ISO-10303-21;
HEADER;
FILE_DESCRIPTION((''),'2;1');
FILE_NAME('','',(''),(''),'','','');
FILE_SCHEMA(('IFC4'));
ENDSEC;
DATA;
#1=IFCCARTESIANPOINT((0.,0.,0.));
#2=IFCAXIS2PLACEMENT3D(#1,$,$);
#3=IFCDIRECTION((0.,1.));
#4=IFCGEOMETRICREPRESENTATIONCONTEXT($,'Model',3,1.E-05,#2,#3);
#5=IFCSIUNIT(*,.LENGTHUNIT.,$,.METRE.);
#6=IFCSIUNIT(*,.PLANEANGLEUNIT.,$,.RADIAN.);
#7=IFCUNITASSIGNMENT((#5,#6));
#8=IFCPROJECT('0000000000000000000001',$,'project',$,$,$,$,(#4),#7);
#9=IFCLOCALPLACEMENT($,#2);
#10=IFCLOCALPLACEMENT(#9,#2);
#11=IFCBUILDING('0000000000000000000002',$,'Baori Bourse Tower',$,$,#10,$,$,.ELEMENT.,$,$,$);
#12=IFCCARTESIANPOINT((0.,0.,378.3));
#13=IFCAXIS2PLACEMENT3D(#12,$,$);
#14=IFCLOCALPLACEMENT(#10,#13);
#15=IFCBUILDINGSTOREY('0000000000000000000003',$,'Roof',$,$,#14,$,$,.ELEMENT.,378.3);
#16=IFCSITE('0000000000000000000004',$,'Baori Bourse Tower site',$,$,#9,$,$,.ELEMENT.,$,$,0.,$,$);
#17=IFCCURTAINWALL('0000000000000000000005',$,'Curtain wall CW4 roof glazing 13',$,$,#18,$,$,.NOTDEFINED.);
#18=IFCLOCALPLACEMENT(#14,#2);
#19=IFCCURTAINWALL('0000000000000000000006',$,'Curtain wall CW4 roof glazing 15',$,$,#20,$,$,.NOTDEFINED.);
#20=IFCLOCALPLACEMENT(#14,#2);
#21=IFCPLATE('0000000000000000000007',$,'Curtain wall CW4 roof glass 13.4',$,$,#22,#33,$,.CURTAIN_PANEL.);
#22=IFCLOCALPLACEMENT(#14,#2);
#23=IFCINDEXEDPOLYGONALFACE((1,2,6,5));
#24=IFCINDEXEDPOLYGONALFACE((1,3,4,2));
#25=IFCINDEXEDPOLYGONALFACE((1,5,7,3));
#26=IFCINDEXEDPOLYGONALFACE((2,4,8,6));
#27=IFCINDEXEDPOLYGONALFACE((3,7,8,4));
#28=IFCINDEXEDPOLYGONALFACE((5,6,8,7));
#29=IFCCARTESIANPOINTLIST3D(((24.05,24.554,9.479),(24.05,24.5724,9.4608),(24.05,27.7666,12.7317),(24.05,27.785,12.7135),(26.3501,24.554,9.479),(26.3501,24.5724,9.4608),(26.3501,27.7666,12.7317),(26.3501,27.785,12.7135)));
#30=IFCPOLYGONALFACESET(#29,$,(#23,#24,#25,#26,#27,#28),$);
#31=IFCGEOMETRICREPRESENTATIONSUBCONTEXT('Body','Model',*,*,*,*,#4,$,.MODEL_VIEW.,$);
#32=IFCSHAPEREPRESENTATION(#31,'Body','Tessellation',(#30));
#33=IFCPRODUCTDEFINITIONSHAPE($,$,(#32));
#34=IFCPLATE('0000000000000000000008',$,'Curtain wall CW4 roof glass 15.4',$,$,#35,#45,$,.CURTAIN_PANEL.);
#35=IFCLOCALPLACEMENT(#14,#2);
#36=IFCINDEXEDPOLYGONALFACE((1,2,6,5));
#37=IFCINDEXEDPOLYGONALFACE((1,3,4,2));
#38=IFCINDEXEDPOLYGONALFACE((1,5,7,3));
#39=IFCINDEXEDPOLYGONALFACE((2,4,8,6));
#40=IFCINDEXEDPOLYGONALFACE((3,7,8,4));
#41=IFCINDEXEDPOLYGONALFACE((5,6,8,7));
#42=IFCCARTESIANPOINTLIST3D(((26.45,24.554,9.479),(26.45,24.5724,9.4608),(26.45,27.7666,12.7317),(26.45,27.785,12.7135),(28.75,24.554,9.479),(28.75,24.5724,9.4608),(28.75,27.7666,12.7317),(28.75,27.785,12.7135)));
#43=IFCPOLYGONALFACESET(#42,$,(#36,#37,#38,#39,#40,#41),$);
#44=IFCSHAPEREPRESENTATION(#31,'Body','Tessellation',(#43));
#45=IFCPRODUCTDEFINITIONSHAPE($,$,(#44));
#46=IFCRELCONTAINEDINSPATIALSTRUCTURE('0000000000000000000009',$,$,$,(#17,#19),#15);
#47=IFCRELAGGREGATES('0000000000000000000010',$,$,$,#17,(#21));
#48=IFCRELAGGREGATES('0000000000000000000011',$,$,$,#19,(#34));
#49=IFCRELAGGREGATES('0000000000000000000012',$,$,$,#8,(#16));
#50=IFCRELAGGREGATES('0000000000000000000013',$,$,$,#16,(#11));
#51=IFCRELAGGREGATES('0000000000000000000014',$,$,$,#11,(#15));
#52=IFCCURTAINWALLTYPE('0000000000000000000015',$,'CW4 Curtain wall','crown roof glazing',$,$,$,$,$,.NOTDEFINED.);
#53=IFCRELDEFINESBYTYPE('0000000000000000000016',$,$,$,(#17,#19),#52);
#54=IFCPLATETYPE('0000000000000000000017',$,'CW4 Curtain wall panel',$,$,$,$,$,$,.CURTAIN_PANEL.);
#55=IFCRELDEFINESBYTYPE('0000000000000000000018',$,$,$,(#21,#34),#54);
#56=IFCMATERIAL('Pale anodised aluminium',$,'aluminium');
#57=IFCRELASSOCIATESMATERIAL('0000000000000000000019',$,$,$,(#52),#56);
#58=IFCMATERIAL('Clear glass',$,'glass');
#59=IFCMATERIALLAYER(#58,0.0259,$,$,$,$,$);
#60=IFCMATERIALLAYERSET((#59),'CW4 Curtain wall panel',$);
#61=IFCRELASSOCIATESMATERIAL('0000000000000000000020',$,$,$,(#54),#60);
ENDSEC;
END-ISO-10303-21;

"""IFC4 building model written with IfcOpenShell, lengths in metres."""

from ifc_helpers import new_model, si_unit, direction, frame, origin, place, context, subcontext, project, spatial, polyline, outline, extrude, material, layer, layer_set, type_object, element, aggregate, save


model = new_model("IFC4")

# Units and contexts
model_context = context("Model", 3, precision=1e-05, world=origin(), true_north=direction((0.0, 1.0)))
body_context = subcontext(model_context, "Body", "Model", "MODEL_VIEW")
ifc_project = project(units=[si_unit("LENGTHUNIT", "METRE"), si_unit("PLANEANGLEUNIT", "RADIAN")], contexts=[model_context])

# Site, building, storey
site_placement = place(None, origin())
site = spatial("IfcSite", under=ifc_project, at=site_placement, Name="Baori Bourse Tower site", CompositionType="ELEMENT", RefElevation=0.0)
building_placement = place(site_placement, origin())
building = spatial("IfcBuilding", under=site, at=building_placement, Name="Baori Bourse Tower", CompositionType="ELEMENT")
storey_placement = place(building_placement, frame((0.0, 0.0, 378.3)))
storey = spatial("IfcBuildingStorey", under=building, at=storey_placement, Name="Roof", CompositionType="ELEMENT", Elevation=378.3)

# Curtain walls
ifc_material_1 = material(Name="Pale anodised aluminium", Category="aluminium")
curtain_wall_type_1 = type_object("IfcCurtainWallType", Name="CW4 Curtain wall", Description="crown roof glazing", PredefinedType="NOTDEFINED", material=ifc_material_1)
curtain_wall_1_placement = place(storey_placement, origin())
curtain_wall_1 = element("IfcCurtainWall", 1, at=curtain_wall_1_placement, inside=storey, type_object=curtain_wall_type_1, Name="Curtain wall CW4 roof glazing 13", PredefinedType="NOTDEFINED")
curtain_wall_2_placement = place(storey_placement, origin())
curtain_wall_2 = element("IfcCurtainWall", 2, at=curtain_wall_2_placement, inside=storey, type_object=curtain_wall_type_1, Name="Curtain wall CW4 roof glazing 15", PredefinedType="NOTDEFINED")

# Shared definitions
ifc_material_2 = material(Name="Clear glass", Category="glass")
ifc_layer_1 = layer(ifc_material_2, 0.0259)
ifc_layer_set_1 = layer_set([ifc_layer_1], Name="CW4 Curtain wall panel")
plate_type_1 = type_object("IfcPlateType", Name="CW4 Curtain wall panel", PredefinedType="CURTAIN_PANEL", material=ifc_layer_set_1)

# Plates
plate_1_placement = place(storey_placement, frame((24.05, 24.554, 9.479), z_axis=(0.0, -0.711472, 0.702714), x_axis=(1.0, 0.0, 0.0)))
plate_1 = element("IfcPlate", 3, at=plate_1_placement, type_object=plate_type_1, Name="Curtain wall CW4 roof glass 13.4", PredefinedType="CURTAIN_PANEL", context=body_context, shape_type="SweptSolid", body=[
    extrude(outline(polyline([(0.0, 0.0), (2.3, 0.0), (2.3, 4.5718), (0.0, 4.5718), (0.0, 0.0)])), origin(), (0.0, 0.0, -1.0), 0.0259),
])
aggregate(curtain_wall_1, [plate_1])
plate_2_placement = place(storey_placement, frame((26.45, 24.554, 9.479), z_axis=(0.0, -0.711472, 0.702714), x_axis=(1.0, 0.0, 0.0)))
plate_2 = element("IfcPlate", 4, at=plate_2_placement, type_object=plate_type_1, Name="Curtain wall CW4 roof glass 15.4", PredefinedType="CURTAIN_PANEL", context=body_context, shape_type="SweptSolid", body=[
    extrude(outline(polyline([(0.0, 0.0), (2.3, 0.0), (2.3, 4.5718), (0.0, 4.5718), (0.0, 0.0)])), origin(), (0.0, 0.0, -1.0), 0.0259),
])
aggregate(curtain_wall_2, [plate_2])

save(model, "model.ifc")
